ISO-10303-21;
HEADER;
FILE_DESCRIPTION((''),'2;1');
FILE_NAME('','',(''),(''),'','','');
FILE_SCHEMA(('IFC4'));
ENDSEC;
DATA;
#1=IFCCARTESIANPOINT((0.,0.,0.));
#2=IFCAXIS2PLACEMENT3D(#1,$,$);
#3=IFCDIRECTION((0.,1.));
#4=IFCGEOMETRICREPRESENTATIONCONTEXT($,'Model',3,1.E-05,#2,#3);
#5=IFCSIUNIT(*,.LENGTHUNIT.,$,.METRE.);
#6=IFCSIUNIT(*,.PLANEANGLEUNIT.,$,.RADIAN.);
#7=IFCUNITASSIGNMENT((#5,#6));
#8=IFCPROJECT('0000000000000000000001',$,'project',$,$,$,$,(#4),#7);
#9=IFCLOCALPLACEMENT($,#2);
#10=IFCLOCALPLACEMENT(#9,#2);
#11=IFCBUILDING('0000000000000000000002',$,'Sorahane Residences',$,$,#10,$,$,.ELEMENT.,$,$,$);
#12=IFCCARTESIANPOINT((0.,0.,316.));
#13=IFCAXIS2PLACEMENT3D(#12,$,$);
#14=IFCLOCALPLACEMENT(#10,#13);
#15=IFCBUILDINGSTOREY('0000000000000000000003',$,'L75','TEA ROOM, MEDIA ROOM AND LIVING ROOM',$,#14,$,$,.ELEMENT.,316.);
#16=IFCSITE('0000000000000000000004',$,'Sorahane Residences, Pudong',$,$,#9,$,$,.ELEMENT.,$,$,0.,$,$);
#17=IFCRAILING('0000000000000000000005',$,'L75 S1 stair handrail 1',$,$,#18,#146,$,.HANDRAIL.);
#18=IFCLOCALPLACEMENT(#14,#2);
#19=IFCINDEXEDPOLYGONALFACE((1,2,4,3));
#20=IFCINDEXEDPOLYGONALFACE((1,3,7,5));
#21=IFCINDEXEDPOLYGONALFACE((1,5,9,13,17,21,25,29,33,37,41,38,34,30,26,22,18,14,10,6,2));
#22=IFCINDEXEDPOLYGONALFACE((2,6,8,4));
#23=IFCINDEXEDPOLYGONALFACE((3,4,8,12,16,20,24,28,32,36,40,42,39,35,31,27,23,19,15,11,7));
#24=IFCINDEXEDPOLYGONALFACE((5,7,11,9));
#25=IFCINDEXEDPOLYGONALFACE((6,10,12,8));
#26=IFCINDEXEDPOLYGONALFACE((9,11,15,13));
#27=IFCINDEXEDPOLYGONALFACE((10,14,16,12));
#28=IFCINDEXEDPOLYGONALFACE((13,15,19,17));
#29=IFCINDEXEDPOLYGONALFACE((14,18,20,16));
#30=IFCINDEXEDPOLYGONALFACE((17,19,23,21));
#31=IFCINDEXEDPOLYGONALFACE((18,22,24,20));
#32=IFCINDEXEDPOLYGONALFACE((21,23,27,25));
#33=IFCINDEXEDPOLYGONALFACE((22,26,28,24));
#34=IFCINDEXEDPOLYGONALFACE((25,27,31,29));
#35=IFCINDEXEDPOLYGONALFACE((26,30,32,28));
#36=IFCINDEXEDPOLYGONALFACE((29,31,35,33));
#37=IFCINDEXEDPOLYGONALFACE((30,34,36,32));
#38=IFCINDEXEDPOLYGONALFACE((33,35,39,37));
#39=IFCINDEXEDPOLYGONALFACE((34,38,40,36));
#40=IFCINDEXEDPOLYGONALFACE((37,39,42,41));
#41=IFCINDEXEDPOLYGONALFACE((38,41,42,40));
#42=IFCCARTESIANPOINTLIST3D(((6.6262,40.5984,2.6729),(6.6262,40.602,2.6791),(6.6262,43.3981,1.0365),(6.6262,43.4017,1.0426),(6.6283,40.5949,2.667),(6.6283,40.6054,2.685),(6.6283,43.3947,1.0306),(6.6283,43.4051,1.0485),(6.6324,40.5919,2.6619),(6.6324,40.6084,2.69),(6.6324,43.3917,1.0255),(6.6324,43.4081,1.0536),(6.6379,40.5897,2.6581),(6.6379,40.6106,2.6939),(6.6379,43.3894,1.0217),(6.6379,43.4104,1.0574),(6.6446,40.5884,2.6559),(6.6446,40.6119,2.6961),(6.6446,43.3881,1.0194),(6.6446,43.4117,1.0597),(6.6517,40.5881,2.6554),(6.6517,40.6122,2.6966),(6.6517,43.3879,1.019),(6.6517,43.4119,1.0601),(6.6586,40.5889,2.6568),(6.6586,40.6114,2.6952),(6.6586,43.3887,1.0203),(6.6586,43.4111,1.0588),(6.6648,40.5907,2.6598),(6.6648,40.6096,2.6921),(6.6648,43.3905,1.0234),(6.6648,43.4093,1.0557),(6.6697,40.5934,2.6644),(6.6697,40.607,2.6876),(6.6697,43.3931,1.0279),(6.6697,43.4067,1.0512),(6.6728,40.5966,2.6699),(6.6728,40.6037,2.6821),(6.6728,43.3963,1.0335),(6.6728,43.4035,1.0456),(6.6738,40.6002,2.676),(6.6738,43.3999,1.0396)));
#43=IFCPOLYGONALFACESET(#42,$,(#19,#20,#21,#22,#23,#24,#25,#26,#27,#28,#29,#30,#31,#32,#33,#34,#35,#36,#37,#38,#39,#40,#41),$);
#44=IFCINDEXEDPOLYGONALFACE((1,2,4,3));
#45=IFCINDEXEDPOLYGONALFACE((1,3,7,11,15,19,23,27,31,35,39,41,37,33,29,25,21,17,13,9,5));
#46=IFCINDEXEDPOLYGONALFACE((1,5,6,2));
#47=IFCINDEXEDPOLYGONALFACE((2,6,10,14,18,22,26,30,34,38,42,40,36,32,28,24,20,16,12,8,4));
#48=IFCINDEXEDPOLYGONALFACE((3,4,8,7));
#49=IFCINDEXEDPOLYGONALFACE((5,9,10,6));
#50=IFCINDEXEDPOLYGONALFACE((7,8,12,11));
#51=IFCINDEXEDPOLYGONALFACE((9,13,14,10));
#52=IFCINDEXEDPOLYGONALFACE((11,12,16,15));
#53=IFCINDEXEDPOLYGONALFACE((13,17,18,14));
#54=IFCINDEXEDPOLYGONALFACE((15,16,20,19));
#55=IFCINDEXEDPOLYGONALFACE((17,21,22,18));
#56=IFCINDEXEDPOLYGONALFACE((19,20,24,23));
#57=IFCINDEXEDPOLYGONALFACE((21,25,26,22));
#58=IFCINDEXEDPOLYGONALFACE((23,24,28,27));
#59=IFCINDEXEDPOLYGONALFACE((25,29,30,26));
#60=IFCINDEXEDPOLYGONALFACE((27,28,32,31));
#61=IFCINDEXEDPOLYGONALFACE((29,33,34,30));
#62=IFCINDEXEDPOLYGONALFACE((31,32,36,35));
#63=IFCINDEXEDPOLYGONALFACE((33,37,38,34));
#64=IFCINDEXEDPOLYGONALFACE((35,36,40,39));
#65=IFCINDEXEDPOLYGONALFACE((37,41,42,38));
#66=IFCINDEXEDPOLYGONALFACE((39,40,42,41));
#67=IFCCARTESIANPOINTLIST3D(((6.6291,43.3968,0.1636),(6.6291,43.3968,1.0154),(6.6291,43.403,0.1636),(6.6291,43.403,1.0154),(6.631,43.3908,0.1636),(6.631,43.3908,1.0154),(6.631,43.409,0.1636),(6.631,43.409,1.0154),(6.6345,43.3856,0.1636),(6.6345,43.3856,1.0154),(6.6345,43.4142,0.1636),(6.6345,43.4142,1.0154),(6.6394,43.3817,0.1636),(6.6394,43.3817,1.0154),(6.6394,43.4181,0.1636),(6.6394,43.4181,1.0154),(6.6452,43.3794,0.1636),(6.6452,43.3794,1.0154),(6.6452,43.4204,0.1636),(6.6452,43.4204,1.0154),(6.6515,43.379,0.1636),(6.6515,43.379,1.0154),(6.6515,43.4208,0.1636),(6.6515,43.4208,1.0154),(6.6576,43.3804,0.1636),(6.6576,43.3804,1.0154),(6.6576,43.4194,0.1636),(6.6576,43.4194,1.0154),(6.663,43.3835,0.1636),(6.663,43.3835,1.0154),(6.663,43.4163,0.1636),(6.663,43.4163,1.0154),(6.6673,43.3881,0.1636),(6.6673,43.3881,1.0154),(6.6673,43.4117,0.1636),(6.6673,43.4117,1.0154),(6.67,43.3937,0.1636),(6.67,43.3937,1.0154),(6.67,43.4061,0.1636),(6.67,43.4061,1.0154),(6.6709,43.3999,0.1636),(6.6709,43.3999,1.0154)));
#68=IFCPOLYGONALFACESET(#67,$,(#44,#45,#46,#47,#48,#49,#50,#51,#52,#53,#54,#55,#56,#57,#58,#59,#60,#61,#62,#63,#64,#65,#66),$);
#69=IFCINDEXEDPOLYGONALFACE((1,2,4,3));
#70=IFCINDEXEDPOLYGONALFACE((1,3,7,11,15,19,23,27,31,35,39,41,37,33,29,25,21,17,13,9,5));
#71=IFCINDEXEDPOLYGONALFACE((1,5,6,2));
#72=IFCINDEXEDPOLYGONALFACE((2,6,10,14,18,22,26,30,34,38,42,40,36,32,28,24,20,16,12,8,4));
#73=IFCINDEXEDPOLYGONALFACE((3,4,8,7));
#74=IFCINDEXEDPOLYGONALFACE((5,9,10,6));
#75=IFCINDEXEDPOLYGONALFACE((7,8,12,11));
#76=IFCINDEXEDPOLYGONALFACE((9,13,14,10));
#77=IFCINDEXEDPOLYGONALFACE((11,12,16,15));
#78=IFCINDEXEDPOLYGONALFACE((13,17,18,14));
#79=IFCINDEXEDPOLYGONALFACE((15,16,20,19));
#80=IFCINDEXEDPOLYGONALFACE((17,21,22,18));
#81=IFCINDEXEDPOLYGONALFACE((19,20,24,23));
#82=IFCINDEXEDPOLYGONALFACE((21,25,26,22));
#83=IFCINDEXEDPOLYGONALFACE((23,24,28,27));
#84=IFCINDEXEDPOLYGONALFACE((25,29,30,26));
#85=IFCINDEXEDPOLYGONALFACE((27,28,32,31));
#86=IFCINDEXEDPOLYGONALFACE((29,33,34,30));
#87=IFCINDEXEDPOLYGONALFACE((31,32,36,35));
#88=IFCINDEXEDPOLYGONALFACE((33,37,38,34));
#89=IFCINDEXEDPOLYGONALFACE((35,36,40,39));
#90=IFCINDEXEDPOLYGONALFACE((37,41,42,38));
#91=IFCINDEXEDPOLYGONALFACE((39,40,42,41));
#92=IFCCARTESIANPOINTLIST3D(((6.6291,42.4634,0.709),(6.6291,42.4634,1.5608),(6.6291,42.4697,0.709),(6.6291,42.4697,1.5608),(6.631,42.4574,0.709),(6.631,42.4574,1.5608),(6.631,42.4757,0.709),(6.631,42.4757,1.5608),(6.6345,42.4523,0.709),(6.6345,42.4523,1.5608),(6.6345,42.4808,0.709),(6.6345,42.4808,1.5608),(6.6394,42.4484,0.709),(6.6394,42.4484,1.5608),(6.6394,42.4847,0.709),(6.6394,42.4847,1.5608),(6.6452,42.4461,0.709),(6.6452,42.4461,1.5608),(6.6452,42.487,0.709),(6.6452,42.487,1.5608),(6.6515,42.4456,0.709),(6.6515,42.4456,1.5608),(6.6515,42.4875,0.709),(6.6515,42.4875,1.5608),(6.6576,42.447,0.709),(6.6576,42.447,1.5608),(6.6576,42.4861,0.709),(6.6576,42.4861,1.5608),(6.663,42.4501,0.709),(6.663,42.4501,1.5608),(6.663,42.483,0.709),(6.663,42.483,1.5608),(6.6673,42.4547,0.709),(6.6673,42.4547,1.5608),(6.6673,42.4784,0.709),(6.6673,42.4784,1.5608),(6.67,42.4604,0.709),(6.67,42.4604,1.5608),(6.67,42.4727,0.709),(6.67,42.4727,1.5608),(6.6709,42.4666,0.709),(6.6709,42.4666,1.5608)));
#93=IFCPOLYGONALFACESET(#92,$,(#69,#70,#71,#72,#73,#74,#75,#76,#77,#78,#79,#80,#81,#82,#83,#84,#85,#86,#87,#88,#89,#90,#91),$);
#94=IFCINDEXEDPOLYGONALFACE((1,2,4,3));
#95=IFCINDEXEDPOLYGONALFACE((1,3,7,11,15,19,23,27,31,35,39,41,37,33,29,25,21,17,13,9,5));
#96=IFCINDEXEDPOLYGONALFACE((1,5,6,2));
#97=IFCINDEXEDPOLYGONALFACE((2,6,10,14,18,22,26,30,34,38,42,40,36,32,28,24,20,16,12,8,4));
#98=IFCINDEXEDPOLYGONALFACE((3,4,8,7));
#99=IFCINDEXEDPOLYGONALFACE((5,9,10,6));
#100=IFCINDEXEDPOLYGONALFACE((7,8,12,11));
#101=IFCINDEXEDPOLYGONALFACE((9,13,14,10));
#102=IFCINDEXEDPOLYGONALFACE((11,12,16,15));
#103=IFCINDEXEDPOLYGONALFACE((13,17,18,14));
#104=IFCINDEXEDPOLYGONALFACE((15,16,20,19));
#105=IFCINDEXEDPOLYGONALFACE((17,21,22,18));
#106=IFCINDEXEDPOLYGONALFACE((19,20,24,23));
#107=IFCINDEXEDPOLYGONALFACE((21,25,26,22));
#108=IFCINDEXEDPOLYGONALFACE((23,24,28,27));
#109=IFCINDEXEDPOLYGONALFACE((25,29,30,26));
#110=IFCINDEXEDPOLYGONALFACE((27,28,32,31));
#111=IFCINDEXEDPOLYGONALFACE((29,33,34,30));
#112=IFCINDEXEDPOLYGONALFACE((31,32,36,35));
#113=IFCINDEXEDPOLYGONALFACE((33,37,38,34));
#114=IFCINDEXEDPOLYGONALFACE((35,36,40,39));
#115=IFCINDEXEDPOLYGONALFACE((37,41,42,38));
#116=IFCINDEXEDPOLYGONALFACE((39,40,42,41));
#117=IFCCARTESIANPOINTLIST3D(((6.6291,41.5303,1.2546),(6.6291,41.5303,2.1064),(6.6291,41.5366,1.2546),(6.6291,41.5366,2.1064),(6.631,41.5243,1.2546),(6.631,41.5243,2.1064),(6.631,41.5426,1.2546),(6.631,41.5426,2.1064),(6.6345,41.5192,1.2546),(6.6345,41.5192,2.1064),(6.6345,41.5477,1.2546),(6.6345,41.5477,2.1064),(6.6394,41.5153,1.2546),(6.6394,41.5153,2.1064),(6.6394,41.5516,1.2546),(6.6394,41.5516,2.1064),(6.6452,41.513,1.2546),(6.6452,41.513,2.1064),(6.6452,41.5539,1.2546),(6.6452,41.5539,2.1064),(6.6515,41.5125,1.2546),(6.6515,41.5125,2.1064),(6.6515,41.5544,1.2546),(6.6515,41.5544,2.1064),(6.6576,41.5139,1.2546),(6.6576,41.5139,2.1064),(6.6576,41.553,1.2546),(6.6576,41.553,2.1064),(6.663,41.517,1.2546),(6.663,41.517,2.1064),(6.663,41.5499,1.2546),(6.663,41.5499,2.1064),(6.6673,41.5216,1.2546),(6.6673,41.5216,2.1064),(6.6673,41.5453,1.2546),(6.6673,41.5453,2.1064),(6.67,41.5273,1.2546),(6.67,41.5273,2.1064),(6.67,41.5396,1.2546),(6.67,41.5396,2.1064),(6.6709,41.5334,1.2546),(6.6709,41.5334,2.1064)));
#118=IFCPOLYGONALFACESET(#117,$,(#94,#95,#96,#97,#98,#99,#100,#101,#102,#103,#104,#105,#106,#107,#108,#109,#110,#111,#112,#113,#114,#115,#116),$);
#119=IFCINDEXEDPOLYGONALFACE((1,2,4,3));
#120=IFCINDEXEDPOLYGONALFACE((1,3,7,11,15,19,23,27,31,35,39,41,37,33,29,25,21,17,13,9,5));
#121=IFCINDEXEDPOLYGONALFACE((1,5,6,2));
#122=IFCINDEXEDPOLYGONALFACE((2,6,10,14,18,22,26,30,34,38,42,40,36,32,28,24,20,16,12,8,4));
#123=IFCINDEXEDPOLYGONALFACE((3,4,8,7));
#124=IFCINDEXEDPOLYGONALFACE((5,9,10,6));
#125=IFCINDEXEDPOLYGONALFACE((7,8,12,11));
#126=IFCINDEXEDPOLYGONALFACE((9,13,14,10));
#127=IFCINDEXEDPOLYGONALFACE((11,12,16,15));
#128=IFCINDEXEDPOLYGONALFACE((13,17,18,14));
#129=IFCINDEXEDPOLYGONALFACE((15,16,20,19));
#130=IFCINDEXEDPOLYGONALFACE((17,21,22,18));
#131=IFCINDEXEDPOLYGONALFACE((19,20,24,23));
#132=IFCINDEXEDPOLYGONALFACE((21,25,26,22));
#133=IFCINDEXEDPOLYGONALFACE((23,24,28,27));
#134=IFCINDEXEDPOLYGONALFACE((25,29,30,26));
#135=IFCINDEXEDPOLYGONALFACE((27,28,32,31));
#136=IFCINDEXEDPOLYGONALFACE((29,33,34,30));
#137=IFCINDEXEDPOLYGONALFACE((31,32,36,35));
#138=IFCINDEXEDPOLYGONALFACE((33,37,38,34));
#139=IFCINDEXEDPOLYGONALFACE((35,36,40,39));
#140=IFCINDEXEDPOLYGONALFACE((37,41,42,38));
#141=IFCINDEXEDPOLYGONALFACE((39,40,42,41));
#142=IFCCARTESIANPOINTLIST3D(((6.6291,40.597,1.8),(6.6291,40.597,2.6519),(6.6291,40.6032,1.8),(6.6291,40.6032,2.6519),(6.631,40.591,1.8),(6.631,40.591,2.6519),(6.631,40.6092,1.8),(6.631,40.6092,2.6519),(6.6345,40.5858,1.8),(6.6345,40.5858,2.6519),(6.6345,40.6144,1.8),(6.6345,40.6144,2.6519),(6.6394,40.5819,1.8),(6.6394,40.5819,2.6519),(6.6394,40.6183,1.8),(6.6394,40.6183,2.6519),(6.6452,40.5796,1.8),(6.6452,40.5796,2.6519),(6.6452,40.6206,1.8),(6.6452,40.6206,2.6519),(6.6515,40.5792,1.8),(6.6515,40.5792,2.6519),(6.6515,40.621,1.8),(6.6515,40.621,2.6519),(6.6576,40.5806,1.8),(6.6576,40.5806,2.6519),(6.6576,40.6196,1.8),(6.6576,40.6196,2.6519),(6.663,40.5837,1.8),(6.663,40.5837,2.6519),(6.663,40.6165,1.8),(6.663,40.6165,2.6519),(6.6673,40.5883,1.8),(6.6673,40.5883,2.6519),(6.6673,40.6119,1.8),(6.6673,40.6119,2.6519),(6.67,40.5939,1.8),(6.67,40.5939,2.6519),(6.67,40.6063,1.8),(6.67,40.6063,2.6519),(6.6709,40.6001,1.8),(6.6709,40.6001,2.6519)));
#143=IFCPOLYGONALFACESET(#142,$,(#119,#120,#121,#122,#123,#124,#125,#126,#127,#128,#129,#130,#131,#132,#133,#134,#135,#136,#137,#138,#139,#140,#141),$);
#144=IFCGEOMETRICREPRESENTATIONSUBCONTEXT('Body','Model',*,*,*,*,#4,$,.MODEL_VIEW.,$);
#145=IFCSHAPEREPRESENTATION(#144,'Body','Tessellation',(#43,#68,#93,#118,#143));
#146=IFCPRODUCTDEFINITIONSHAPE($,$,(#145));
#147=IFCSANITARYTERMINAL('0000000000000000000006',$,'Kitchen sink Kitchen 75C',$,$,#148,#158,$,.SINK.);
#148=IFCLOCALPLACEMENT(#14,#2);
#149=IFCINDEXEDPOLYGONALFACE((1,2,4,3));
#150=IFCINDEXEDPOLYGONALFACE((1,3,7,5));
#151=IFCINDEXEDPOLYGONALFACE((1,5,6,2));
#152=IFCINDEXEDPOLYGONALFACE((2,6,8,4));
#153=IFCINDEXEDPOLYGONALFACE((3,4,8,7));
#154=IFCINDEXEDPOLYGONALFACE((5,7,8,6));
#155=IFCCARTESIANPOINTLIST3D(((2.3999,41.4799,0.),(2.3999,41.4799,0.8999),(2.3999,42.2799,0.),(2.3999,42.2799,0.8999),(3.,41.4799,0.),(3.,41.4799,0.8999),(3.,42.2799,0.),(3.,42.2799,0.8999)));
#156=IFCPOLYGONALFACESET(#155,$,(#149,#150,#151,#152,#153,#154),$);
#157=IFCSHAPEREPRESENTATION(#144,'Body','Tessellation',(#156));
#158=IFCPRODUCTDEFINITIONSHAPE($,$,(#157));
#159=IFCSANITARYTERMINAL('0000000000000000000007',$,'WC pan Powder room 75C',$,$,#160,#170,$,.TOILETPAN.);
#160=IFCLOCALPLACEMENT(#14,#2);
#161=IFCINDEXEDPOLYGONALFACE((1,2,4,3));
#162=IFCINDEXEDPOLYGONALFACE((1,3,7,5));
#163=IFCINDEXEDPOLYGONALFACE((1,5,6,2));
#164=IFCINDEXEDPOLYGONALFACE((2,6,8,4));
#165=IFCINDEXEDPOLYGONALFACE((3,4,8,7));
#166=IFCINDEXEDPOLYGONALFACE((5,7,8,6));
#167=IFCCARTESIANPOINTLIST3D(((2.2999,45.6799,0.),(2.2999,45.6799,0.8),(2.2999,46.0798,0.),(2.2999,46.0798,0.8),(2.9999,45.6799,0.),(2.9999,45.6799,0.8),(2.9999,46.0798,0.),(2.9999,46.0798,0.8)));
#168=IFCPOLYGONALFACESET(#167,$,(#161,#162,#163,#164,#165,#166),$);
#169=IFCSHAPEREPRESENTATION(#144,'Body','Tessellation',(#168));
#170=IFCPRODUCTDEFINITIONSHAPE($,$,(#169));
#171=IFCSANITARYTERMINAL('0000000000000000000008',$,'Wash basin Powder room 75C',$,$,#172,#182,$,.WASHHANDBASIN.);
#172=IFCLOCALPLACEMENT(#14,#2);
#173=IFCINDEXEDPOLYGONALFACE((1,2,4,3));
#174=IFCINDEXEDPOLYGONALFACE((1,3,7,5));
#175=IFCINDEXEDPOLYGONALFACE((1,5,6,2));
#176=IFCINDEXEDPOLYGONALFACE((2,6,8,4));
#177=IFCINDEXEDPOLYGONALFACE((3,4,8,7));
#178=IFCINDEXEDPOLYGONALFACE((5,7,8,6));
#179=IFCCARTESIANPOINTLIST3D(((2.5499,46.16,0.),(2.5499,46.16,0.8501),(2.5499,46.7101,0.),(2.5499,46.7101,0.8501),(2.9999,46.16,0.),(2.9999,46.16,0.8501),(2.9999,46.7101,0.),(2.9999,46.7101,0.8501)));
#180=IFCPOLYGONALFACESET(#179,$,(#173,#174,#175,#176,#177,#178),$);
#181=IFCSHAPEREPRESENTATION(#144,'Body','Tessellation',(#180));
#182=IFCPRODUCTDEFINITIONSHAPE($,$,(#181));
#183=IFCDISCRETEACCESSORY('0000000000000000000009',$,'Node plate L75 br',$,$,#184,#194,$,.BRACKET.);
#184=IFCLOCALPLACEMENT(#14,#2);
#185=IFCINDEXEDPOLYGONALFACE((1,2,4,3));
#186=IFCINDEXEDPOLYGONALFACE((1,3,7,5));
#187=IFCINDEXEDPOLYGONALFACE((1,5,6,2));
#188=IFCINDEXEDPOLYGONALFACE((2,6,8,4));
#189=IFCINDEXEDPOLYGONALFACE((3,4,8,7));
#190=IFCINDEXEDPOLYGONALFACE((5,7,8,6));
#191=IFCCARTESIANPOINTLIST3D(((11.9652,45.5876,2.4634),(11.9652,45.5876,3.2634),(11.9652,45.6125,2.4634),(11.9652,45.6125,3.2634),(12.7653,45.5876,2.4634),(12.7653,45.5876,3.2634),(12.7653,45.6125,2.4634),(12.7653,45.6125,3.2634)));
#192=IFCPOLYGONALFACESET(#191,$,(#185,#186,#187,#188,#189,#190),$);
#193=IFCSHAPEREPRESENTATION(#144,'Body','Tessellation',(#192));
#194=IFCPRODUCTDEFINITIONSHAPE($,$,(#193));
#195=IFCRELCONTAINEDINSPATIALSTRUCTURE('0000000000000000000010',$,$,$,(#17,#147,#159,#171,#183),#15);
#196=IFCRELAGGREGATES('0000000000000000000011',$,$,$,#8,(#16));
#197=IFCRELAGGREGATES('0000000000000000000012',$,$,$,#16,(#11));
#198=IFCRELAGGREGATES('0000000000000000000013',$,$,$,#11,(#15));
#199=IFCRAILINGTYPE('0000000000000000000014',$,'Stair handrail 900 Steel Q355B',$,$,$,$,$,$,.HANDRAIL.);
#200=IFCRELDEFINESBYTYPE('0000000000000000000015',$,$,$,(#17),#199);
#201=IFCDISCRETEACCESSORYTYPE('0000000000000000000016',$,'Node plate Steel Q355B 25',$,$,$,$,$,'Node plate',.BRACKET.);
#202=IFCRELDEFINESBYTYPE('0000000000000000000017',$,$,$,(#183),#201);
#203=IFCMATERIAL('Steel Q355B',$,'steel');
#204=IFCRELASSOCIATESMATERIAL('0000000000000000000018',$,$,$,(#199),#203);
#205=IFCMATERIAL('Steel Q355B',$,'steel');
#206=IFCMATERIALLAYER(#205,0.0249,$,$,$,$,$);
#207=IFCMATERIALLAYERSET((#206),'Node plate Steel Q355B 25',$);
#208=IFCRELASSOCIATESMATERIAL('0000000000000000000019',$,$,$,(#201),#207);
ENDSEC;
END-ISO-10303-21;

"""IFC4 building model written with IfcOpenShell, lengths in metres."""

from ifc_helpers import new_model, si_unit, direction, frame, origin, origin_2d, place, context, subcontext, project, spatial, rectangle, circle, extrude, material, layer, layer_set, type_object, element, save


model = new_model("IFC4")

# Units and contexts
model_context = context("Model", 3, precision=1e-05, world=origin(), true_north=direction((0.0, 1.0)))
body_context = subcontext(model_context, "Body", "Model", "MODEL_VIEW")
ifc_project = project(units=[si_unit("LENGTHUNIT", "METRE"), si_unit("PLANEANGLEUNIT", "RADIAN")], contexts=[model_context])

# Site, building, storey
site_placement = place(None, origin())
site = spatial("IfcSite", under=ifc_project, at=site_placement, Name="Sorahane Residences, Pudong", CompositionType="ELEMENT", RefElevation=0.0)
building_placement = place(site_placement, origin())
building = spatial("IfcBuilding", under=site, at=building_placement, Name="Sorahane Residences", CompositionType="ELEMENT")
storey_placement = place(building_placement, frame((0.0, 0.0, 316.0)))
storey = spatial("IfcBuildingStorey", under=building, at=storey_placement, Name="L75", Description="TEA ROOM, MEDIA ROOM AND LIVING ROOM", CompositionType="ELEMENT", Elevation=316.0)

# Railing
ifc_material_1 = material(Name="Steel Q355B", Category="steel")
railing_type_1 = type_object("IfcRailingType", Name="Stair handrail 900 Steel Q355B", PredefinedType="HANDRAIL", material=ifc_material_1)
railing_1_placement = place(storey_placement, frame((6.6499, 43.3999, 0.1636)))
element("IfcRailing", 1, at=railing_1_placement, inside=storey, type_object=railing_type_1, Name="L75 S1 stair handrail 1", PredefinedType="HANDRAIL", context=body_context, shape_type="SweptSolid", body=[
    extrude(circle(Radius=0.0239, at=origin_2d()), frame((0.0, 0.0, 0.876), z_axis=(0.0, -0.863342, 0.50462), x_axis=(1.0, 0.0, 0.0)), (0.0, 0.0, 1.0), 3.2429),
    extrude(circle(Radius=0.021, at=origin_2d()), origin(), (0.0, 0.0, 1.0), 0.8518),
    extrude(circle(Radius=0.021, at=origin_2d()), frame((0.0, -0.9333, 0.5454)), (0.0, 0.0, 1.0), 0.8518),
    extrude(circle(Radius=0.021, at=origin_2d()), frame((0.0, -1.8665, 1.0911)), (0.0, 0.0, 1.0), 0.8518),
    extrude(circle(Radius=0.021, at=origin_2d()), frame((0.0, -2.7998, 1.6365)), (0.0, 0.0, 1.0), 0.8518),
])

# Sanitary terminals
sanitary_terminal_1_placement = place(storey_placement, frame((2.7, 41.8799, 0.0), z_axis=(0.0, 0.0, 1.0), x_axis=(0.0, -1.0, 0.0)))
element("IfcSanitaryTerminal", 2, at=sanitary_terminal_1_placement, inside=storey, Name="Kitchen sink Kitchen 75C", PredefinedType="SINK", context=body_context, shape_type="SweptSolid", body=[
    extrude(rectangle(XDim=0.8, YDim=0.6001, at=origin_2d()), origin(), (0.0, 0.0, 1.0), 0.8999),
])
sanitary_terminal_2_placement = place(storey_placement, frame((2.6499, 45.8799, 0.0), z_axis=(0.0, 0.0, 1.0), x_axis=(0.0, -1.0, 0.0)))
element("IfcSanitaryTerminal", 3, at=sanitary_terminal_2_placement, inside=storey, Name="WC pan Powder room 75C", PredefinedType="TOILETPAN", context=body_context, shape_type="SweptSolid", body=[
    extrude(rectangle(XDim=0.3999, YDim=0.7, at=origin_2d()), origin(), (0.0, 0.0, 1.0), 0.8),
])
sanitary_terminal_3_placement = place(storey_placement, frame((2.7749, 46.4351, 0.0), z_axis=(0.0, 0.0, 1.0), x_axis=(0.0, -1.0, 0.0)))
element("IfcSanitaryTerminal", 4, at=sanitary_terminal_3_placement, inside=storey, Name="Wash basin Powder room 75C", PredefinedType="WASHHANDBASIN", context=body_context, shape_type="SweptSolid", body=[
    extrude(rectangle(XDim=0.55, YDim=0.45, at=origin_2d()), origin(), (0.0, 0.0, 1.0), 0.8501),
])

# Discrete accessory
ifc_material_2 = material(Name="Steel Q355B", Category="steel")
ifc_layer_1 = layer(ifc_material_2, 0.0249)
ifc_layer_set_1 = layer_set([ifc_layer_1], Name="Node plate Steel Q355B 25")
discrete_accessory_type = type_object("IfcDiscreteAccessoryType", Name="Node plate Steel Q355B 25", ElementType="Node plate", PredefinedType="BRACKET", material=ifc_layer_set_1)
discrete_accessory_placement = place(storey_placement, frame((12.3652, 45.6001, 2.4634), z_axis=(0.0, 0.0, 1.0), x_axis=(1.0, 0.0, 0.0)))
element("IfcDiscreteAccessory", 5, at=discrete_accessory_placement, inside=storey, type_object=discrete_accessory_type, Name="Node plate L75 br", PredefinedType="BRACKET", context=body_context, shape_type="SweptSolid", body=[
    extrude(rectangle(XDim=0.8, YDim=0.0249, at=origin_2d()), origin(), (0.0, 0.0, 1.0), 0.8),
])

save(model, "model.ifc")
